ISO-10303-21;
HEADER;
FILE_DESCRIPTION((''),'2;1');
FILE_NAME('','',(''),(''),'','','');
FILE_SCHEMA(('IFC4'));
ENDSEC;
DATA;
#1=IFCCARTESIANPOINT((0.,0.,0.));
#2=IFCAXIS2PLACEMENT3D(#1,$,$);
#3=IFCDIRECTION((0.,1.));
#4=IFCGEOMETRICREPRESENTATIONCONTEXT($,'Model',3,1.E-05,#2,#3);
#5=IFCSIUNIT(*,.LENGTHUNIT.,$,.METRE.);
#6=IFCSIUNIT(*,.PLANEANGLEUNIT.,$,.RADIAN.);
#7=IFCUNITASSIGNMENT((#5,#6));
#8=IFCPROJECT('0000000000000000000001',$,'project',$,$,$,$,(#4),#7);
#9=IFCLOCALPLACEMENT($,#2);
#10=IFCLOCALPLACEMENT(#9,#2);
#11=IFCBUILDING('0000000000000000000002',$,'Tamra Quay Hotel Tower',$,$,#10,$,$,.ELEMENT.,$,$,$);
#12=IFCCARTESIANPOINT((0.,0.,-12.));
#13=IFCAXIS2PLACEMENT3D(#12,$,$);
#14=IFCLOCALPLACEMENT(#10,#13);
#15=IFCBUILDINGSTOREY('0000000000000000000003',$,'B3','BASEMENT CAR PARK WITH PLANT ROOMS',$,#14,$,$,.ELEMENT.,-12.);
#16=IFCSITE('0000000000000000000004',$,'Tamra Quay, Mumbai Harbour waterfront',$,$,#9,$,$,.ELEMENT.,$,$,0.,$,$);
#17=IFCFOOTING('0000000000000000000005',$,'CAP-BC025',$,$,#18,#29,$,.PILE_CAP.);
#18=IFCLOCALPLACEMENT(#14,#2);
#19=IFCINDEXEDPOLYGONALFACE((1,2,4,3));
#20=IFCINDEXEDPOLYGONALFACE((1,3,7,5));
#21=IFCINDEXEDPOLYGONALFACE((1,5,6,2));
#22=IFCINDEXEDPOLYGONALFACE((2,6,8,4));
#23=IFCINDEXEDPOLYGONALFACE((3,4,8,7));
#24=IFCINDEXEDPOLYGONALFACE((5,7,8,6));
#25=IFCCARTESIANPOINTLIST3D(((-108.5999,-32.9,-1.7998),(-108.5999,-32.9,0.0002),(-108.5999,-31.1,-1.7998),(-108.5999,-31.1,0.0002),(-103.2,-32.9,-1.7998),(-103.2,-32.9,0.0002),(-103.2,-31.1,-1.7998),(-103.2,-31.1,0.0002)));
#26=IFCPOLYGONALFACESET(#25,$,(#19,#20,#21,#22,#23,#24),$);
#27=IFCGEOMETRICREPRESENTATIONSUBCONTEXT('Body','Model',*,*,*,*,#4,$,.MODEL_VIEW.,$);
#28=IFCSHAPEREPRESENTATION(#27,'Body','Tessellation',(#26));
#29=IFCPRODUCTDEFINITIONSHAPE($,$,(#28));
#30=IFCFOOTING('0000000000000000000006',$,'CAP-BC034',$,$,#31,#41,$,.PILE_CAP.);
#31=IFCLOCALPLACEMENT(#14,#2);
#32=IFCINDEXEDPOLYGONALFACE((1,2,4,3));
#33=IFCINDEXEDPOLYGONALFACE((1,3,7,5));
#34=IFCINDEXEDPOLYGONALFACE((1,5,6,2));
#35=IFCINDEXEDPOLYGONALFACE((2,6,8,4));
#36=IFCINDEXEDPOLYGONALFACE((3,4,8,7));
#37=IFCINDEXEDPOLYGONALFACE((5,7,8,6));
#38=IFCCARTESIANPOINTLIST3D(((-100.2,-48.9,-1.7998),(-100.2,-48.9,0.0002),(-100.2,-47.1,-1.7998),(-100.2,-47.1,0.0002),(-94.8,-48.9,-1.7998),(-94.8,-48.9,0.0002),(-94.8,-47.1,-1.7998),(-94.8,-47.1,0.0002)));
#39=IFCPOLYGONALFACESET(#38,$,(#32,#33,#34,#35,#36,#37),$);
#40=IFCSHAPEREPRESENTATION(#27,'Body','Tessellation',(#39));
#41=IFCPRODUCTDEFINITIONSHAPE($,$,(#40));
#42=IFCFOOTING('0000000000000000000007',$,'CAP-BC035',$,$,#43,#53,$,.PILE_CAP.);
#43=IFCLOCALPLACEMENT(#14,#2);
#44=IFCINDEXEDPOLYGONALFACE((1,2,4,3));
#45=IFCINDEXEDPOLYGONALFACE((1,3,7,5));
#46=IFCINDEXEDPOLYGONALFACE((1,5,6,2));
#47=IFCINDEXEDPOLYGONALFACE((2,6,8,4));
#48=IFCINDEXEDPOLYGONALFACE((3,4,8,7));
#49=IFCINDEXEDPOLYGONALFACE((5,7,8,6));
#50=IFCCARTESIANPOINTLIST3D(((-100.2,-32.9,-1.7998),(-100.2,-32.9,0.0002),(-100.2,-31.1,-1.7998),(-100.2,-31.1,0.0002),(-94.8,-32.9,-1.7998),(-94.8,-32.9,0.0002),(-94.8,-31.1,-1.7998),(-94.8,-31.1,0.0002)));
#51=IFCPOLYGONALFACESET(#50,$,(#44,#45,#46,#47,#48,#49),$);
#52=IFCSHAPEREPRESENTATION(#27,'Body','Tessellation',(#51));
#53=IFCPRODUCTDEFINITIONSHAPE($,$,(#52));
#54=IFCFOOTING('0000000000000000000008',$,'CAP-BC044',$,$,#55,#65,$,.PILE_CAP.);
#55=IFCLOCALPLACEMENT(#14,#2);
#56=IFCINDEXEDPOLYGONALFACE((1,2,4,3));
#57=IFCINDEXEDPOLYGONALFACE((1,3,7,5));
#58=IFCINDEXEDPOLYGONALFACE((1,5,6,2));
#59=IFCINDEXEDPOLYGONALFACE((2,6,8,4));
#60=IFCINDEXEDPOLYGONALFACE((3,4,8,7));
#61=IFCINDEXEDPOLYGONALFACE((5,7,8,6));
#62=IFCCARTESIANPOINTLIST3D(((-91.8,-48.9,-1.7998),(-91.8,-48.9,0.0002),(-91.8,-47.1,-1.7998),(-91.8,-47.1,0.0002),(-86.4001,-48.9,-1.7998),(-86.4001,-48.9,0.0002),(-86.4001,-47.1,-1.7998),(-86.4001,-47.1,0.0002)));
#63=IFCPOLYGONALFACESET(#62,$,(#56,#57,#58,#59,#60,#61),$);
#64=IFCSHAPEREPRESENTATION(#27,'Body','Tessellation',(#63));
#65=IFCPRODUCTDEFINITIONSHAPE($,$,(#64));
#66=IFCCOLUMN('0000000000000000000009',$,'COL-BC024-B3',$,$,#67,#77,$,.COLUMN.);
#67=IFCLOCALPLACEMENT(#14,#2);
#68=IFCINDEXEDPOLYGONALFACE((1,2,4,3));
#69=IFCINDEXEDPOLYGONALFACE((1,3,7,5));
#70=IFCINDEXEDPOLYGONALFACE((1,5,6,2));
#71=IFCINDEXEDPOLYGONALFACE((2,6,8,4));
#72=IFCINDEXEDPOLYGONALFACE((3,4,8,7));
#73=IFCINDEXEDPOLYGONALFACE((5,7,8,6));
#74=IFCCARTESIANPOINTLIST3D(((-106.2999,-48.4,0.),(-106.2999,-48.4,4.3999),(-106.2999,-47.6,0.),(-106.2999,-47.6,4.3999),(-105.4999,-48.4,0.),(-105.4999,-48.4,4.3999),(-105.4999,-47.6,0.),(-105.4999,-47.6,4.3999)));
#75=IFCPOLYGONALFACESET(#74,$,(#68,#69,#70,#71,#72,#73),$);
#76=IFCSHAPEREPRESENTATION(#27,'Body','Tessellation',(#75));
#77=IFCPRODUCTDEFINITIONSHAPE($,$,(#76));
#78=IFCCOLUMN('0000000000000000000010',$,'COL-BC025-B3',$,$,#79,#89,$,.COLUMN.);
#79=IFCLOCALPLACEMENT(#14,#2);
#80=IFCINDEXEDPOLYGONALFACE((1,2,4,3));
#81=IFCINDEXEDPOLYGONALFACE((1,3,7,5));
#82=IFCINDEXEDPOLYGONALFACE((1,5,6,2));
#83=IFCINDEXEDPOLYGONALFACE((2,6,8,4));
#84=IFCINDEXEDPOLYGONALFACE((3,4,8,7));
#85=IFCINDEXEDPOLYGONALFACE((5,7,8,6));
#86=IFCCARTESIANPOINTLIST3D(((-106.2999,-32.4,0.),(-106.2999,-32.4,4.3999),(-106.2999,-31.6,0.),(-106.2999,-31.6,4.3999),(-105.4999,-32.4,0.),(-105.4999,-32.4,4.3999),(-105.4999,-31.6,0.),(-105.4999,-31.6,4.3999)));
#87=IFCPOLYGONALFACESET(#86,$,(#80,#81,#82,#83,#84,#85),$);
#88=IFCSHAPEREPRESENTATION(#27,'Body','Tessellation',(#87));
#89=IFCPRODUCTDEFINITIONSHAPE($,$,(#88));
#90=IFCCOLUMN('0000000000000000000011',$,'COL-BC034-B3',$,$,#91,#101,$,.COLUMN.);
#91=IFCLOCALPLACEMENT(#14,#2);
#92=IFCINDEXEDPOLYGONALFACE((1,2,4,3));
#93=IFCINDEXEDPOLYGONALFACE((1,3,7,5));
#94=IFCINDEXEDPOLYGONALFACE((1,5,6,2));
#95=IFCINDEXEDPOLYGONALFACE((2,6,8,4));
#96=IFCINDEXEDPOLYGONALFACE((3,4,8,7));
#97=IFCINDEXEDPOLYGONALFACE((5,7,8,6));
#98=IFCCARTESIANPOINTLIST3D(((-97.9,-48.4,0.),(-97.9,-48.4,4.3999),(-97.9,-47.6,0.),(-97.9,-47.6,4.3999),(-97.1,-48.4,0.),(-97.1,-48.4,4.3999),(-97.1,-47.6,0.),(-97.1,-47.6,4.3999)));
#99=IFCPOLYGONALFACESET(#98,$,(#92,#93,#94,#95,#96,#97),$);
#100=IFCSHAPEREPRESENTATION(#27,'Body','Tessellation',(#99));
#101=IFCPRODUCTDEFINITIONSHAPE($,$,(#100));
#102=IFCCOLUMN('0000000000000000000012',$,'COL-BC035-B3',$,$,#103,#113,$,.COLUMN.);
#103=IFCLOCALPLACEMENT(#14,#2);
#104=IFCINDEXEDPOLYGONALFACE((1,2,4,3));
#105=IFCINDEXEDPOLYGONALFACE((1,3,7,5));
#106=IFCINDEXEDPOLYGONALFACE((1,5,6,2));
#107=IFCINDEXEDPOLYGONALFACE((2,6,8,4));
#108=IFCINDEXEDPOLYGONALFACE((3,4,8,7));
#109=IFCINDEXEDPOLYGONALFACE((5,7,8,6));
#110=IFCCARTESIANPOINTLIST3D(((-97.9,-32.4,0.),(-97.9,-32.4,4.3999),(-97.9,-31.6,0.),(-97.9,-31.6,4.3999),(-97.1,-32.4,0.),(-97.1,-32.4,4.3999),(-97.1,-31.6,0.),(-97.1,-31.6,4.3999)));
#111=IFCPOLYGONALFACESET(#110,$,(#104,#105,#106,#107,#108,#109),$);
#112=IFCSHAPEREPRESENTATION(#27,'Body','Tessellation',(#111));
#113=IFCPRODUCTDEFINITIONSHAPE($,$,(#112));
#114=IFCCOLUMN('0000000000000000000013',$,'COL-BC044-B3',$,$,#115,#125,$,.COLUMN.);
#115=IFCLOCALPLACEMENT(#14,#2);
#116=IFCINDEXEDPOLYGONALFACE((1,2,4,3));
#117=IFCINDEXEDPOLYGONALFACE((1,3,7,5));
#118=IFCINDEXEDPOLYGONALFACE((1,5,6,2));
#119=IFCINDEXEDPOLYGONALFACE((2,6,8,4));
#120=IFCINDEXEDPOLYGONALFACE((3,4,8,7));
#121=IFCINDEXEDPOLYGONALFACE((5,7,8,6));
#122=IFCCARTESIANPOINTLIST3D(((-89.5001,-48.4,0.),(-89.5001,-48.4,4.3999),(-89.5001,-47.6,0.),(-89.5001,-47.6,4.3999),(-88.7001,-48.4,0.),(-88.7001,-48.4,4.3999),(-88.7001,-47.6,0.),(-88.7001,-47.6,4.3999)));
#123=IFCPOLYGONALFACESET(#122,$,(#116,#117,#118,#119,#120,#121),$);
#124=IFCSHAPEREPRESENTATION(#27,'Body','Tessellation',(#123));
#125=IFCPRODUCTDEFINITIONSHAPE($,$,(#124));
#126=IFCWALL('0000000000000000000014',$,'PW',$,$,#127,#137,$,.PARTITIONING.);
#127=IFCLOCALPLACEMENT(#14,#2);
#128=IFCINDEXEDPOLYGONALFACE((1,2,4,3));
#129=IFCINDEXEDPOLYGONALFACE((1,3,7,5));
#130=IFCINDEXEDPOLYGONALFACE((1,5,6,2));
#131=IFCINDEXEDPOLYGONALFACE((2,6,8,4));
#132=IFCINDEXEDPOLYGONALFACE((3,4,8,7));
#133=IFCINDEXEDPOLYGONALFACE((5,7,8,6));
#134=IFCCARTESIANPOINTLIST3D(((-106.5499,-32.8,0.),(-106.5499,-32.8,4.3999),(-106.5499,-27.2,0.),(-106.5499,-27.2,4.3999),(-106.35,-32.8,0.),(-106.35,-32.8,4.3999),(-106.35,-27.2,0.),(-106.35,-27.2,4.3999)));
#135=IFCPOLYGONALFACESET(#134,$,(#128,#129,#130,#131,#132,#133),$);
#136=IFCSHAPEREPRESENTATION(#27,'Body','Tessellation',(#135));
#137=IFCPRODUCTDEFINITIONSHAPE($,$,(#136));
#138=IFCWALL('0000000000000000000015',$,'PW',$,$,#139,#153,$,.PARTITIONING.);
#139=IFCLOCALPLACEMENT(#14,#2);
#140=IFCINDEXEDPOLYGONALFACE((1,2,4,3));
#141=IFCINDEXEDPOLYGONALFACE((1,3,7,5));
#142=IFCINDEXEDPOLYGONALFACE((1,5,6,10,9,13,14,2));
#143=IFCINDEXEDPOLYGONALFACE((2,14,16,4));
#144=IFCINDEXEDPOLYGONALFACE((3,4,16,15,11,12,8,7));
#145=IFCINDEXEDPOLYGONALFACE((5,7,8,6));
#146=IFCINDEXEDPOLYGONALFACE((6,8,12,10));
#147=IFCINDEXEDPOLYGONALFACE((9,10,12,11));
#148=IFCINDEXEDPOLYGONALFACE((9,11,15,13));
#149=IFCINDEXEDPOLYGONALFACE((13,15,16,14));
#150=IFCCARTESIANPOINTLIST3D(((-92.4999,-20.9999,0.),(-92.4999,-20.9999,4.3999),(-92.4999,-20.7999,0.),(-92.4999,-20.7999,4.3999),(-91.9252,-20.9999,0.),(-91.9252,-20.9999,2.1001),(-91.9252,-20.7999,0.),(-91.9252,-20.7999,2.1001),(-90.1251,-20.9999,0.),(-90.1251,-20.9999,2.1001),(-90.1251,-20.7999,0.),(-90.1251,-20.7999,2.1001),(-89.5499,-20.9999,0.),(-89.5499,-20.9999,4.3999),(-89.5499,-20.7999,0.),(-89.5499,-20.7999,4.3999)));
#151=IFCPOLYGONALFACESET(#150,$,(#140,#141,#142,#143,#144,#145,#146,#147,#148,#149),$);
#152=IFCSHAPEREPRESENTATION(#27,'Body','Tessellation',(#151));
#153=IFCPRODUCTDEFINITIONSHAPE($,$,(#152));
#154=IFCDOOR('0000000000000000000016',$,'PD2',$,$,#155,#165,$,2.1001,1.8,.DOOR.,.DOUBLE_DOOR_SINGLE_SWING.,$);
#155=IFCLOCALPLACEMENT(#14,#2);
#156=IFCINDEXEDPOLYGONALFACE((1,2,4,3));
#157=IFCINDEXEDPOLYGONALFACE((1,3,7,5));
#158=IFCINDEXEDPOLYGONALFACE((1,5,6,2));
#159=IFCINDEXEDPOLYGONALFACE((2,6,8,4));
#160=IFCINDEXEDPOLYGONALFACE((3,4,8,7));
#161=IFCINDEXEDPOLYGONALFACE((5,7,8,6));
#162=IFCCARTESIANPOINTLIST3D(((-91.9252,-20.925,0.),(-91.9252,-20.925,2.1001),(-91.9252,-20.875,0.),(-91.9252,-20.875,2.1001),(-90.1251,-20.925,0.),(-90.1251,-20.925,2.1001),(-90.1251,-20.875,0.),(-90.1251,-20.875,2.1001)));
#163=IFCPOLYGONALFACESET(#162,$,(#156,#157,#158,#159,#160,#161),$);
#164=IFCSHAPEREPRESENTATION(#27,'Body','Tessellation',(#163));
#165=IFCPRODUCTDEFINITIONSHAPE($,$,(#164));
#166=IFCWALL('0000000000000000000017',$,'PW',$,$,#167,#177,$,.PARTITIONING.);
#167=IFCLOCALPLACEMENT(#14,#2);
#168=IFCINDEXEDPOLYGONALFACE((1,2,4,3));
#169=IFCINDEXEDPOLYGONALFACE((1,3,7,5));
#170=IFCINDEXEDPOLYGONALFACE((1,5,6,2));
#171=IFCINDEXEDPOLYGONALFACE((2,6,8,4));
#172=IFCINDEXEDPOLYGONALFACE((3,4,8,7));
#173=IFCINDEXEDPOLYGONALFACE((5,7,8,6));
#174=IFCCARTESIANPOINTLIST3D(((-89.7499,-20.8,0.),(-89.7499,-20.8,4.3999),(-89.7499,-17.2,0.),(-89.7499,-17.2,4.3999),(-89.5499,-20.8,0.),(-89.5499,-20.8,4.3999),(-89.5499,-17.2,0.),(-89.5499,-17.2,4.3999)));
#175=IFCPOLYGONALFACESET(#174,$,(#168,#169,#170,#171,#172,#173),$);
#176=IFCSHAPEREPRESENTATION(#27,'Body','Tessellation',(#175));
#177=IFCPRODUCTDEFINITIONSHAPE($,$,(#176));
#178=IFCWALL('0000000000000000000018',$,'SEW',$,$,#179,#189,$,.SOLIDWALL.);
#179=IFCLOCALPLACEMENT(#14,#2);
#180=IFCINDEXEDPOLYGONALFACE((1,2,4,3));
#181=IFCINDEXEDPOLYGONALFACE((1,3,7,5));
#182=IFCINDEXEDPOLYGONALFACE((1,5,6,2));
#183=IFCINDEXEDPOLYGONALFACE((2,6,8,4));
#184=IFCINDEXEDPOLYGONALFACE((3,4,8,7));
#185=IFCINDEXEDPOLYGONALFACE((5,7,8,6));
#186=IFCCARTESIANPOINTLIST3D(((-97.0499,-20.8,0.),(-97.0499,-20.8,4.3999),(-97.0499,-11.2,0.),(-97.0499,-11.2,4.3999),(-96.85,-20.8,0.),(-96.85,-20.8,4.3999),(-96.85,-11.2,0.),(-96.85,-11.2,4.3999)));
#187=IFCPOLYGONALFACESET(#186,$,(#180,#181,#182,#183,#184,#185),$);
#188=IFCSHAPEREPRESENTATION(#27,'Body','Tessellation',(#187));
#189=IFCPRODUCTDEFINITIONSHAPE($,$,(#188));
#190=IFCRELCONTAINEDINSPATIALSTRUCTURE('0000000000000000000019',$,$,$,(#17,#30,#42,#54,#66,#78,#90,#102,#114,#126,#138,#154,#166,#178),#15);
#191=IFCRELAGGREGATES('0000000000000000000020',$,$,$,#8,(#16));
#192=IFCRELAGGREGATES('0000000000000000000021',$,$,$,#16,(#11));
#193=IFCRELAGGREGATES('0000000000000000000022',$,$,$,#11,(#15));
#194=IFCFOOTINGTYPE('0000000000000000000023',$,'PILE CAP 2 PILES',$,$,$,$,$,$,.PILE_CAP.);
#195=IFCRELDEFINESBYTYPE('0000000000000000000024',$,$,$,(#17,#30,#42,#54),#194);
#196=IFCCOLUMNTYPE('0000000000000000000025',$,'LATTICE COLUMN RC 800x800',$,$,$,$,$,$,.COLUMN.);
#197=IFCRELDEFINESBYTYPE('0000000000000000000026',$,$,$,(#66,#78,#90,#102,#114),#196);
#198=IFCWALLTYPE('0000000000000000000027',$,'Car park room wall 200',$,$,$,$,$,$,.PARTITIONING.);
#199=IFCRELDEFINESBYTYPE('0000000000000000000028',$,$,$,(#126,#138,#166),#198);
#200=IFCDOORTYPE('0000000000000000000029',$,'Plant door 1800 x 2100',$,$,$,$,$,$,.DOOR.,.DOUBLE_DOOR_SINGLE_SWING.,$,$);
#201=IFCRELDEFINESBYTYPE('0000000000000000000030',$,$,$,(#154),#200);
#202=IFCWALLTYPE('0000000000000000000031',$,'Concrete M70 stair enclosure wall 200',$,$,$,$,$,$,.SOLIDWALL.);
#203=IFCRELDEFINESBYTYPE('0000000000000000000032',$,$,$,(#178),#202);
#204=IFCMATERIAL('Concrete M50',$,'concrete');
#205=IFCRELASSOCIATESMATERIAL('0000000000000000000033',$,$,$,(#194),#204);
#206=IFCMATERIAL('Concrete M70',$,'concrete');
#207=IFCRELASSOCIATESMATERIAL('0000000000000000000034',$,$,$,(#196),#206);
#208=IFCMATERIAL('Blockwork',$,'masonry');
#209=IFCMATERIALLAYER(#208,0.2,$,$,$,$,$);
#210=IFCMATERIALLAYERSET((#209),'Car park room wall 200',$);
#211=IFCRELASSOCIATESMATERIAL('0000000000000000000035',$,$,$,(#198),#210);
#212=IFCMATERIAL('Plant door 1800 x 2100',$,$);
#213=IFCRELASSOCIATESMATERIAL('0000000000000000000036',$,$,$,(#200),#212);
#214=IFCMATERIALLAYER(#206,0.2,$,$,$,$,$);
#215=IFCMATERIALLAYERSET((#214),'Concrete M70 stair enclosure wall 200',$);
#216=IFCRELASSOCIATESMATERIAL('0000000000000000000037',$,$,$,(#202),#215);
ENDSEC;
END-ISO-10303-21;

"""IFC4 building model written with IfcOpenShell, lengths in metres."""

from ifc_helpers import new_model, si_unit, direction, frame, frame_2d, origin, origin_2d, place, context, subcontext, project, spatial, rectangle, extrude, material, layer, layer_set, material_profile, profile_set, type_object, element, fill, save


model = new_model("IFC4")

# Units and contexts
model_context = context("Model", 3, precision=1e-05, world=origin(), true_north=direction((0.0, 1.0)))
body_context = subcontext(model_context, "Body", "Model", "MODEL_VIEW")
ifc_project = project(units=[si_unit("LENGTHUNIT", "METRE"), si_unit("PLANEANGLEUNIT", "RADIAN")], contexts=[model_context])

# Site, building, storey
site_placement = place(None, origin())
site = spatial("IfcSite", under=ifc_project, at=site_placement, Name="Tamra Quay, Mumbai Harbour waterfront", CompositionType="ELEMENT", RefElevation=0.0)
building_placement = place(site_placement, origin())
building = spatial("IfcBuilding", under=site, at=building_placement, Name="Tamra Quay Hotel Tower", CompositionType="ELEMENT")
storey_placement = place(building_placement, frame((0.0, 0.0, -12.0)))
storey = spatial("IfcBuildingStorey", under=building, at=storey_placement, Name="B3", Description="BASEMENT CAR PARK WITH PLANT ROOMS", CompositionType="ELEMENT", Elevation=-12.0)

# Footings
ifc_material_1 = material(Name="Concrete M50", Category="concrete")
footing_type = type_object("IfcFootingType", Name="PILE CAP 2 PILES", PredefinedType="PILE_CAP", material=ifc_material_1)
for number, where, z_axis, x_axis, name in (
    (1, (-105.8999, -32.0, -1.7998), (0.0, 0.0, 1.0), (1.0, 0.0, 0.0), "CAP-BC025"),
    (2, (-97.5, -48.0, -1.7998), (0.0, 0.0, 1.0), (1.0, 0.0, 0.0), "CAP-BC034"),
    (3, (-97.5, -32.0, -1.7998), (0.0, 0.0, 1.0), (1.0, 0.0, 0.0), "CAP-BC035"),
    (4, (-89.1001, -48.0, -1.7998), (0.0, 0.0, 1.0), (1.0, 0.0, 0.0), "CAP-BC044"),
):
    element("IfcFooting", number, at=place(storey_placement, frame(where, z_axis=z_axis, x_axis=x_axis)), inside=storey, type_object=footing_type, Name=name, PredefinedType="PILE_CAP", context=body_context, shape_type="SweptSolid", body=[
        extrude(rectangle(XDim=5.3999, YDim=1.8, at=origin_2d()), origin(), (0.0, 0.0, 1.0), 1.8),
    ])

# Columns
ifc_material_2 = material(Name="Concrete M70", Category="concrete")
ifc_material_profile_1 = material_profile(ifc_material_2, rectangle(XDim=0.8, YDim=0.8, at=origin_2d()), Name="LATTICE COLUMN RC 800x800")
ifc_profile_set_1 = profile_set([ifc_material_profile_1], Name="Concrete M70")
column_type = type_object("IfcColumnType", Name="LATTICE COLUMN RC 800x800", PredefinedType="COLUMN", material=ifc_profile_set_1)
for number, where, z_axis, x_axis, name in (
    (5, (-105.8999, -48.0, 0.0), (0.0, 0.0, 1.0), (1.0, 0.0, 0.0), "COL-BC024-B3"),
    (6, (-105.8999, -32.0, 0.0), (0.0, 0.0, 1.0), (1.0, 0.0, 0.0), "COL-BC025-B3"),
    (7, (-97.5, -48.0, 0.0), (0.0, 0.0, 1.0), (1.0, 0.0, 0.0), "COL-BC034-B3"),
    (8, (-97.5, -32.0, 0.0), (0.0, 0.0, 1.0), (1.0, 0.0, 0.0), "COL-BC035-B3"),
    (9, (-89.1001, -48.0, 0.0), (0.0, 0.0, 1.0), (1.0, 0.0, 0.0), "COL-BC044-B3"),
):
    element("IfcColumn", number, at=place(storey_placement, frame(where, z_axis=z_axis, x_axis=x_axis)), inside=storey, type_object=column_type, Name=name, PredefinedType="COLUMN", context=body_context, shape_type="SweptSolid", body=[
        extrude(rectangle(XDim=0.8, YDim=0.8, at=origin_2d()), origin(), (0.0, 0.0, 1.0), 4.3999),
    ])

# Wall
ifc_material_3 = material(Name="Blockwork", Category="masonry")
ifc_layer_1 = layer(ifc_material_3, 0.2)
ifc_layer_set_1 = layer_set([ifc_layer_1], Name="Car park room wall 200")
wall_type_1 = type_object("IfcWallType", Name="Car park room wall 200", PredefinedType="PARTITIONING", material=ifc_layer_set_1)
wall_1_placement = place(storey_placement, frame((-106.45, -32.8, 0.0), z_axis=(0.0, 0.0, 1.0), x_axis=(0.0, 1.0, 0.0)))
element("IfcWall", 10, at=wall_1_placement, inside=storey, type_object=wall_type_1, Name="PW", PredefinedType="PARTITIONING", context=body_context, shape_type="SweptSolid", body=[
    extrude(rectangle(XDim=5.6001, YDim=0.2, at=frame_2d((2.8, 0.0))), origin(), (0.0, 0.0, 1.0), 4.3999),
])

# Wall, opening, door
wall_2_placement = place(storey_placement, frame((-92.5, -20.8999, 0.0), z_axis=(0.0, 0.0, 1.0), x_axis=(1.0, 0.0, 0.0)))
wall_2 = element("IfcWall", 11, at=wall_2_placement, inside=storey, type_object=wall_type_1, Name="PW", PredefinedType="PARTITIONING", context=body_context, shape_type="SweptSolid", body=[
    extrude(rectangle(XDim=2.95, YDim=0.2, at=frame_2d((1.4751, 0.0))), origin(), (0.0, 0.0, 1.0), 4.3999),
])
opening_1_placement = place(wall_2_placement, frame((0.575, 0.0, 0.0)))
opening_1 = element("IfcOpeningElement", 12, at=opening_1_placement, cuts=wall_2, PredefinedType="OPENING", context=body_context, shape_type="SweptSolid", body=[
    extrude(rectangle(XDim=1.8, YDim=2.1001, at=frame_2d((0.8999, 1.05))), frame((0.0, 0.1099, 0.0), z_axis=(0.0, -1.0, 0.0), x_axis=(1.0, 0.0, 0.0)), (0.0, 0.0, 1.0), 0.22),
])
ifc_material_4 = material(Name="Plant door 1800 x 2100")
door_type_1 = type_object("IfcDoorType", Name="Plant door 1800 x 2100", OperationType="DOUBLE_DOOR_SINGLE_SWING", PredefinedType="DOOR", material=ifc_material_4)
door_1_placement = place(opening_1_placement, origin())
door_1 = element("IfcDoor", 13, at=door_1_placement, inside=storey, type_object=door_type_1, Name="PD2", OperationType="DOUBLE_DOOR_SINGLE_SWING", OverallHeight=2.1001, OverallWidth=1.8, PredefinedType="DOOR", context=body_context, shape_type="SweptSolid", body=[
    extrude(rectangle(XDim=1.8, YDim=2.1001, at=frame_2d((0.8999, 1.05))), frame((0.0, 0.0249, 0.0), z_axis=(0.0, -1.0, 0.0), x_axis=(1.0, 0.0, 0.0)), (0.0, 0.0, 1.0), 0.05),
])
fill(opening_1, door_1)

# Walls
wall_3_placement = place(storey_placement, frame((-89.6499, -20.8, 0.0), z_axis=(0.0, 0.0, 1.0), x_axis=(0.0, 1.0, 0.0)))
element("IfcWall", 14, at=wall_3_placement, inside=storey, type_object=wall_type_1, Name="PW", PredefinedType="PARTITIONING", context=body_context, shape_type="SweptSolid", body=[
    extrude(rectangle(XDim=3.6001, YDim=0.2, at=frame_2d((1.8, 0.0))), origin(), (0.0, 0.0, 1.0), 4.3999),
])
ifc_layer_2 = layer(ifc_material_2, 0.2)
ifc_layer_set_2 = layer_set([ifc_layer_2], Name="Concrete M70 stair enclosure wall 200")
wall_type_2 = type_object("IfcWallType", Name="Concrete M70 stair enclosure wall 200", PredefinedType="SOLIDWALL", material=ifc_layer_set_2)
wall_4_placement = place(storey_placement, frame((-96.95, -20.8, 0.0), z_axis=(0.0, 0.0, 1.0), x_axis=(0.0, 1.0, 0.0)))
element("IfcWall", 15, at=wall_4_placement, inside=storey, type_object=wall_type_2, Name="SEW", PredefinedType="SOLIDWALL", context=body_context, shape_type="SweptSolid", body=[
    extrude(rectangle(XDim=9.6001, YDim=0.2, at=frame_2d((4.8, 0.0))), origin(), (0.0, 0.0, 1.0), 4.3999),
])

save(model, "model.ifc")
